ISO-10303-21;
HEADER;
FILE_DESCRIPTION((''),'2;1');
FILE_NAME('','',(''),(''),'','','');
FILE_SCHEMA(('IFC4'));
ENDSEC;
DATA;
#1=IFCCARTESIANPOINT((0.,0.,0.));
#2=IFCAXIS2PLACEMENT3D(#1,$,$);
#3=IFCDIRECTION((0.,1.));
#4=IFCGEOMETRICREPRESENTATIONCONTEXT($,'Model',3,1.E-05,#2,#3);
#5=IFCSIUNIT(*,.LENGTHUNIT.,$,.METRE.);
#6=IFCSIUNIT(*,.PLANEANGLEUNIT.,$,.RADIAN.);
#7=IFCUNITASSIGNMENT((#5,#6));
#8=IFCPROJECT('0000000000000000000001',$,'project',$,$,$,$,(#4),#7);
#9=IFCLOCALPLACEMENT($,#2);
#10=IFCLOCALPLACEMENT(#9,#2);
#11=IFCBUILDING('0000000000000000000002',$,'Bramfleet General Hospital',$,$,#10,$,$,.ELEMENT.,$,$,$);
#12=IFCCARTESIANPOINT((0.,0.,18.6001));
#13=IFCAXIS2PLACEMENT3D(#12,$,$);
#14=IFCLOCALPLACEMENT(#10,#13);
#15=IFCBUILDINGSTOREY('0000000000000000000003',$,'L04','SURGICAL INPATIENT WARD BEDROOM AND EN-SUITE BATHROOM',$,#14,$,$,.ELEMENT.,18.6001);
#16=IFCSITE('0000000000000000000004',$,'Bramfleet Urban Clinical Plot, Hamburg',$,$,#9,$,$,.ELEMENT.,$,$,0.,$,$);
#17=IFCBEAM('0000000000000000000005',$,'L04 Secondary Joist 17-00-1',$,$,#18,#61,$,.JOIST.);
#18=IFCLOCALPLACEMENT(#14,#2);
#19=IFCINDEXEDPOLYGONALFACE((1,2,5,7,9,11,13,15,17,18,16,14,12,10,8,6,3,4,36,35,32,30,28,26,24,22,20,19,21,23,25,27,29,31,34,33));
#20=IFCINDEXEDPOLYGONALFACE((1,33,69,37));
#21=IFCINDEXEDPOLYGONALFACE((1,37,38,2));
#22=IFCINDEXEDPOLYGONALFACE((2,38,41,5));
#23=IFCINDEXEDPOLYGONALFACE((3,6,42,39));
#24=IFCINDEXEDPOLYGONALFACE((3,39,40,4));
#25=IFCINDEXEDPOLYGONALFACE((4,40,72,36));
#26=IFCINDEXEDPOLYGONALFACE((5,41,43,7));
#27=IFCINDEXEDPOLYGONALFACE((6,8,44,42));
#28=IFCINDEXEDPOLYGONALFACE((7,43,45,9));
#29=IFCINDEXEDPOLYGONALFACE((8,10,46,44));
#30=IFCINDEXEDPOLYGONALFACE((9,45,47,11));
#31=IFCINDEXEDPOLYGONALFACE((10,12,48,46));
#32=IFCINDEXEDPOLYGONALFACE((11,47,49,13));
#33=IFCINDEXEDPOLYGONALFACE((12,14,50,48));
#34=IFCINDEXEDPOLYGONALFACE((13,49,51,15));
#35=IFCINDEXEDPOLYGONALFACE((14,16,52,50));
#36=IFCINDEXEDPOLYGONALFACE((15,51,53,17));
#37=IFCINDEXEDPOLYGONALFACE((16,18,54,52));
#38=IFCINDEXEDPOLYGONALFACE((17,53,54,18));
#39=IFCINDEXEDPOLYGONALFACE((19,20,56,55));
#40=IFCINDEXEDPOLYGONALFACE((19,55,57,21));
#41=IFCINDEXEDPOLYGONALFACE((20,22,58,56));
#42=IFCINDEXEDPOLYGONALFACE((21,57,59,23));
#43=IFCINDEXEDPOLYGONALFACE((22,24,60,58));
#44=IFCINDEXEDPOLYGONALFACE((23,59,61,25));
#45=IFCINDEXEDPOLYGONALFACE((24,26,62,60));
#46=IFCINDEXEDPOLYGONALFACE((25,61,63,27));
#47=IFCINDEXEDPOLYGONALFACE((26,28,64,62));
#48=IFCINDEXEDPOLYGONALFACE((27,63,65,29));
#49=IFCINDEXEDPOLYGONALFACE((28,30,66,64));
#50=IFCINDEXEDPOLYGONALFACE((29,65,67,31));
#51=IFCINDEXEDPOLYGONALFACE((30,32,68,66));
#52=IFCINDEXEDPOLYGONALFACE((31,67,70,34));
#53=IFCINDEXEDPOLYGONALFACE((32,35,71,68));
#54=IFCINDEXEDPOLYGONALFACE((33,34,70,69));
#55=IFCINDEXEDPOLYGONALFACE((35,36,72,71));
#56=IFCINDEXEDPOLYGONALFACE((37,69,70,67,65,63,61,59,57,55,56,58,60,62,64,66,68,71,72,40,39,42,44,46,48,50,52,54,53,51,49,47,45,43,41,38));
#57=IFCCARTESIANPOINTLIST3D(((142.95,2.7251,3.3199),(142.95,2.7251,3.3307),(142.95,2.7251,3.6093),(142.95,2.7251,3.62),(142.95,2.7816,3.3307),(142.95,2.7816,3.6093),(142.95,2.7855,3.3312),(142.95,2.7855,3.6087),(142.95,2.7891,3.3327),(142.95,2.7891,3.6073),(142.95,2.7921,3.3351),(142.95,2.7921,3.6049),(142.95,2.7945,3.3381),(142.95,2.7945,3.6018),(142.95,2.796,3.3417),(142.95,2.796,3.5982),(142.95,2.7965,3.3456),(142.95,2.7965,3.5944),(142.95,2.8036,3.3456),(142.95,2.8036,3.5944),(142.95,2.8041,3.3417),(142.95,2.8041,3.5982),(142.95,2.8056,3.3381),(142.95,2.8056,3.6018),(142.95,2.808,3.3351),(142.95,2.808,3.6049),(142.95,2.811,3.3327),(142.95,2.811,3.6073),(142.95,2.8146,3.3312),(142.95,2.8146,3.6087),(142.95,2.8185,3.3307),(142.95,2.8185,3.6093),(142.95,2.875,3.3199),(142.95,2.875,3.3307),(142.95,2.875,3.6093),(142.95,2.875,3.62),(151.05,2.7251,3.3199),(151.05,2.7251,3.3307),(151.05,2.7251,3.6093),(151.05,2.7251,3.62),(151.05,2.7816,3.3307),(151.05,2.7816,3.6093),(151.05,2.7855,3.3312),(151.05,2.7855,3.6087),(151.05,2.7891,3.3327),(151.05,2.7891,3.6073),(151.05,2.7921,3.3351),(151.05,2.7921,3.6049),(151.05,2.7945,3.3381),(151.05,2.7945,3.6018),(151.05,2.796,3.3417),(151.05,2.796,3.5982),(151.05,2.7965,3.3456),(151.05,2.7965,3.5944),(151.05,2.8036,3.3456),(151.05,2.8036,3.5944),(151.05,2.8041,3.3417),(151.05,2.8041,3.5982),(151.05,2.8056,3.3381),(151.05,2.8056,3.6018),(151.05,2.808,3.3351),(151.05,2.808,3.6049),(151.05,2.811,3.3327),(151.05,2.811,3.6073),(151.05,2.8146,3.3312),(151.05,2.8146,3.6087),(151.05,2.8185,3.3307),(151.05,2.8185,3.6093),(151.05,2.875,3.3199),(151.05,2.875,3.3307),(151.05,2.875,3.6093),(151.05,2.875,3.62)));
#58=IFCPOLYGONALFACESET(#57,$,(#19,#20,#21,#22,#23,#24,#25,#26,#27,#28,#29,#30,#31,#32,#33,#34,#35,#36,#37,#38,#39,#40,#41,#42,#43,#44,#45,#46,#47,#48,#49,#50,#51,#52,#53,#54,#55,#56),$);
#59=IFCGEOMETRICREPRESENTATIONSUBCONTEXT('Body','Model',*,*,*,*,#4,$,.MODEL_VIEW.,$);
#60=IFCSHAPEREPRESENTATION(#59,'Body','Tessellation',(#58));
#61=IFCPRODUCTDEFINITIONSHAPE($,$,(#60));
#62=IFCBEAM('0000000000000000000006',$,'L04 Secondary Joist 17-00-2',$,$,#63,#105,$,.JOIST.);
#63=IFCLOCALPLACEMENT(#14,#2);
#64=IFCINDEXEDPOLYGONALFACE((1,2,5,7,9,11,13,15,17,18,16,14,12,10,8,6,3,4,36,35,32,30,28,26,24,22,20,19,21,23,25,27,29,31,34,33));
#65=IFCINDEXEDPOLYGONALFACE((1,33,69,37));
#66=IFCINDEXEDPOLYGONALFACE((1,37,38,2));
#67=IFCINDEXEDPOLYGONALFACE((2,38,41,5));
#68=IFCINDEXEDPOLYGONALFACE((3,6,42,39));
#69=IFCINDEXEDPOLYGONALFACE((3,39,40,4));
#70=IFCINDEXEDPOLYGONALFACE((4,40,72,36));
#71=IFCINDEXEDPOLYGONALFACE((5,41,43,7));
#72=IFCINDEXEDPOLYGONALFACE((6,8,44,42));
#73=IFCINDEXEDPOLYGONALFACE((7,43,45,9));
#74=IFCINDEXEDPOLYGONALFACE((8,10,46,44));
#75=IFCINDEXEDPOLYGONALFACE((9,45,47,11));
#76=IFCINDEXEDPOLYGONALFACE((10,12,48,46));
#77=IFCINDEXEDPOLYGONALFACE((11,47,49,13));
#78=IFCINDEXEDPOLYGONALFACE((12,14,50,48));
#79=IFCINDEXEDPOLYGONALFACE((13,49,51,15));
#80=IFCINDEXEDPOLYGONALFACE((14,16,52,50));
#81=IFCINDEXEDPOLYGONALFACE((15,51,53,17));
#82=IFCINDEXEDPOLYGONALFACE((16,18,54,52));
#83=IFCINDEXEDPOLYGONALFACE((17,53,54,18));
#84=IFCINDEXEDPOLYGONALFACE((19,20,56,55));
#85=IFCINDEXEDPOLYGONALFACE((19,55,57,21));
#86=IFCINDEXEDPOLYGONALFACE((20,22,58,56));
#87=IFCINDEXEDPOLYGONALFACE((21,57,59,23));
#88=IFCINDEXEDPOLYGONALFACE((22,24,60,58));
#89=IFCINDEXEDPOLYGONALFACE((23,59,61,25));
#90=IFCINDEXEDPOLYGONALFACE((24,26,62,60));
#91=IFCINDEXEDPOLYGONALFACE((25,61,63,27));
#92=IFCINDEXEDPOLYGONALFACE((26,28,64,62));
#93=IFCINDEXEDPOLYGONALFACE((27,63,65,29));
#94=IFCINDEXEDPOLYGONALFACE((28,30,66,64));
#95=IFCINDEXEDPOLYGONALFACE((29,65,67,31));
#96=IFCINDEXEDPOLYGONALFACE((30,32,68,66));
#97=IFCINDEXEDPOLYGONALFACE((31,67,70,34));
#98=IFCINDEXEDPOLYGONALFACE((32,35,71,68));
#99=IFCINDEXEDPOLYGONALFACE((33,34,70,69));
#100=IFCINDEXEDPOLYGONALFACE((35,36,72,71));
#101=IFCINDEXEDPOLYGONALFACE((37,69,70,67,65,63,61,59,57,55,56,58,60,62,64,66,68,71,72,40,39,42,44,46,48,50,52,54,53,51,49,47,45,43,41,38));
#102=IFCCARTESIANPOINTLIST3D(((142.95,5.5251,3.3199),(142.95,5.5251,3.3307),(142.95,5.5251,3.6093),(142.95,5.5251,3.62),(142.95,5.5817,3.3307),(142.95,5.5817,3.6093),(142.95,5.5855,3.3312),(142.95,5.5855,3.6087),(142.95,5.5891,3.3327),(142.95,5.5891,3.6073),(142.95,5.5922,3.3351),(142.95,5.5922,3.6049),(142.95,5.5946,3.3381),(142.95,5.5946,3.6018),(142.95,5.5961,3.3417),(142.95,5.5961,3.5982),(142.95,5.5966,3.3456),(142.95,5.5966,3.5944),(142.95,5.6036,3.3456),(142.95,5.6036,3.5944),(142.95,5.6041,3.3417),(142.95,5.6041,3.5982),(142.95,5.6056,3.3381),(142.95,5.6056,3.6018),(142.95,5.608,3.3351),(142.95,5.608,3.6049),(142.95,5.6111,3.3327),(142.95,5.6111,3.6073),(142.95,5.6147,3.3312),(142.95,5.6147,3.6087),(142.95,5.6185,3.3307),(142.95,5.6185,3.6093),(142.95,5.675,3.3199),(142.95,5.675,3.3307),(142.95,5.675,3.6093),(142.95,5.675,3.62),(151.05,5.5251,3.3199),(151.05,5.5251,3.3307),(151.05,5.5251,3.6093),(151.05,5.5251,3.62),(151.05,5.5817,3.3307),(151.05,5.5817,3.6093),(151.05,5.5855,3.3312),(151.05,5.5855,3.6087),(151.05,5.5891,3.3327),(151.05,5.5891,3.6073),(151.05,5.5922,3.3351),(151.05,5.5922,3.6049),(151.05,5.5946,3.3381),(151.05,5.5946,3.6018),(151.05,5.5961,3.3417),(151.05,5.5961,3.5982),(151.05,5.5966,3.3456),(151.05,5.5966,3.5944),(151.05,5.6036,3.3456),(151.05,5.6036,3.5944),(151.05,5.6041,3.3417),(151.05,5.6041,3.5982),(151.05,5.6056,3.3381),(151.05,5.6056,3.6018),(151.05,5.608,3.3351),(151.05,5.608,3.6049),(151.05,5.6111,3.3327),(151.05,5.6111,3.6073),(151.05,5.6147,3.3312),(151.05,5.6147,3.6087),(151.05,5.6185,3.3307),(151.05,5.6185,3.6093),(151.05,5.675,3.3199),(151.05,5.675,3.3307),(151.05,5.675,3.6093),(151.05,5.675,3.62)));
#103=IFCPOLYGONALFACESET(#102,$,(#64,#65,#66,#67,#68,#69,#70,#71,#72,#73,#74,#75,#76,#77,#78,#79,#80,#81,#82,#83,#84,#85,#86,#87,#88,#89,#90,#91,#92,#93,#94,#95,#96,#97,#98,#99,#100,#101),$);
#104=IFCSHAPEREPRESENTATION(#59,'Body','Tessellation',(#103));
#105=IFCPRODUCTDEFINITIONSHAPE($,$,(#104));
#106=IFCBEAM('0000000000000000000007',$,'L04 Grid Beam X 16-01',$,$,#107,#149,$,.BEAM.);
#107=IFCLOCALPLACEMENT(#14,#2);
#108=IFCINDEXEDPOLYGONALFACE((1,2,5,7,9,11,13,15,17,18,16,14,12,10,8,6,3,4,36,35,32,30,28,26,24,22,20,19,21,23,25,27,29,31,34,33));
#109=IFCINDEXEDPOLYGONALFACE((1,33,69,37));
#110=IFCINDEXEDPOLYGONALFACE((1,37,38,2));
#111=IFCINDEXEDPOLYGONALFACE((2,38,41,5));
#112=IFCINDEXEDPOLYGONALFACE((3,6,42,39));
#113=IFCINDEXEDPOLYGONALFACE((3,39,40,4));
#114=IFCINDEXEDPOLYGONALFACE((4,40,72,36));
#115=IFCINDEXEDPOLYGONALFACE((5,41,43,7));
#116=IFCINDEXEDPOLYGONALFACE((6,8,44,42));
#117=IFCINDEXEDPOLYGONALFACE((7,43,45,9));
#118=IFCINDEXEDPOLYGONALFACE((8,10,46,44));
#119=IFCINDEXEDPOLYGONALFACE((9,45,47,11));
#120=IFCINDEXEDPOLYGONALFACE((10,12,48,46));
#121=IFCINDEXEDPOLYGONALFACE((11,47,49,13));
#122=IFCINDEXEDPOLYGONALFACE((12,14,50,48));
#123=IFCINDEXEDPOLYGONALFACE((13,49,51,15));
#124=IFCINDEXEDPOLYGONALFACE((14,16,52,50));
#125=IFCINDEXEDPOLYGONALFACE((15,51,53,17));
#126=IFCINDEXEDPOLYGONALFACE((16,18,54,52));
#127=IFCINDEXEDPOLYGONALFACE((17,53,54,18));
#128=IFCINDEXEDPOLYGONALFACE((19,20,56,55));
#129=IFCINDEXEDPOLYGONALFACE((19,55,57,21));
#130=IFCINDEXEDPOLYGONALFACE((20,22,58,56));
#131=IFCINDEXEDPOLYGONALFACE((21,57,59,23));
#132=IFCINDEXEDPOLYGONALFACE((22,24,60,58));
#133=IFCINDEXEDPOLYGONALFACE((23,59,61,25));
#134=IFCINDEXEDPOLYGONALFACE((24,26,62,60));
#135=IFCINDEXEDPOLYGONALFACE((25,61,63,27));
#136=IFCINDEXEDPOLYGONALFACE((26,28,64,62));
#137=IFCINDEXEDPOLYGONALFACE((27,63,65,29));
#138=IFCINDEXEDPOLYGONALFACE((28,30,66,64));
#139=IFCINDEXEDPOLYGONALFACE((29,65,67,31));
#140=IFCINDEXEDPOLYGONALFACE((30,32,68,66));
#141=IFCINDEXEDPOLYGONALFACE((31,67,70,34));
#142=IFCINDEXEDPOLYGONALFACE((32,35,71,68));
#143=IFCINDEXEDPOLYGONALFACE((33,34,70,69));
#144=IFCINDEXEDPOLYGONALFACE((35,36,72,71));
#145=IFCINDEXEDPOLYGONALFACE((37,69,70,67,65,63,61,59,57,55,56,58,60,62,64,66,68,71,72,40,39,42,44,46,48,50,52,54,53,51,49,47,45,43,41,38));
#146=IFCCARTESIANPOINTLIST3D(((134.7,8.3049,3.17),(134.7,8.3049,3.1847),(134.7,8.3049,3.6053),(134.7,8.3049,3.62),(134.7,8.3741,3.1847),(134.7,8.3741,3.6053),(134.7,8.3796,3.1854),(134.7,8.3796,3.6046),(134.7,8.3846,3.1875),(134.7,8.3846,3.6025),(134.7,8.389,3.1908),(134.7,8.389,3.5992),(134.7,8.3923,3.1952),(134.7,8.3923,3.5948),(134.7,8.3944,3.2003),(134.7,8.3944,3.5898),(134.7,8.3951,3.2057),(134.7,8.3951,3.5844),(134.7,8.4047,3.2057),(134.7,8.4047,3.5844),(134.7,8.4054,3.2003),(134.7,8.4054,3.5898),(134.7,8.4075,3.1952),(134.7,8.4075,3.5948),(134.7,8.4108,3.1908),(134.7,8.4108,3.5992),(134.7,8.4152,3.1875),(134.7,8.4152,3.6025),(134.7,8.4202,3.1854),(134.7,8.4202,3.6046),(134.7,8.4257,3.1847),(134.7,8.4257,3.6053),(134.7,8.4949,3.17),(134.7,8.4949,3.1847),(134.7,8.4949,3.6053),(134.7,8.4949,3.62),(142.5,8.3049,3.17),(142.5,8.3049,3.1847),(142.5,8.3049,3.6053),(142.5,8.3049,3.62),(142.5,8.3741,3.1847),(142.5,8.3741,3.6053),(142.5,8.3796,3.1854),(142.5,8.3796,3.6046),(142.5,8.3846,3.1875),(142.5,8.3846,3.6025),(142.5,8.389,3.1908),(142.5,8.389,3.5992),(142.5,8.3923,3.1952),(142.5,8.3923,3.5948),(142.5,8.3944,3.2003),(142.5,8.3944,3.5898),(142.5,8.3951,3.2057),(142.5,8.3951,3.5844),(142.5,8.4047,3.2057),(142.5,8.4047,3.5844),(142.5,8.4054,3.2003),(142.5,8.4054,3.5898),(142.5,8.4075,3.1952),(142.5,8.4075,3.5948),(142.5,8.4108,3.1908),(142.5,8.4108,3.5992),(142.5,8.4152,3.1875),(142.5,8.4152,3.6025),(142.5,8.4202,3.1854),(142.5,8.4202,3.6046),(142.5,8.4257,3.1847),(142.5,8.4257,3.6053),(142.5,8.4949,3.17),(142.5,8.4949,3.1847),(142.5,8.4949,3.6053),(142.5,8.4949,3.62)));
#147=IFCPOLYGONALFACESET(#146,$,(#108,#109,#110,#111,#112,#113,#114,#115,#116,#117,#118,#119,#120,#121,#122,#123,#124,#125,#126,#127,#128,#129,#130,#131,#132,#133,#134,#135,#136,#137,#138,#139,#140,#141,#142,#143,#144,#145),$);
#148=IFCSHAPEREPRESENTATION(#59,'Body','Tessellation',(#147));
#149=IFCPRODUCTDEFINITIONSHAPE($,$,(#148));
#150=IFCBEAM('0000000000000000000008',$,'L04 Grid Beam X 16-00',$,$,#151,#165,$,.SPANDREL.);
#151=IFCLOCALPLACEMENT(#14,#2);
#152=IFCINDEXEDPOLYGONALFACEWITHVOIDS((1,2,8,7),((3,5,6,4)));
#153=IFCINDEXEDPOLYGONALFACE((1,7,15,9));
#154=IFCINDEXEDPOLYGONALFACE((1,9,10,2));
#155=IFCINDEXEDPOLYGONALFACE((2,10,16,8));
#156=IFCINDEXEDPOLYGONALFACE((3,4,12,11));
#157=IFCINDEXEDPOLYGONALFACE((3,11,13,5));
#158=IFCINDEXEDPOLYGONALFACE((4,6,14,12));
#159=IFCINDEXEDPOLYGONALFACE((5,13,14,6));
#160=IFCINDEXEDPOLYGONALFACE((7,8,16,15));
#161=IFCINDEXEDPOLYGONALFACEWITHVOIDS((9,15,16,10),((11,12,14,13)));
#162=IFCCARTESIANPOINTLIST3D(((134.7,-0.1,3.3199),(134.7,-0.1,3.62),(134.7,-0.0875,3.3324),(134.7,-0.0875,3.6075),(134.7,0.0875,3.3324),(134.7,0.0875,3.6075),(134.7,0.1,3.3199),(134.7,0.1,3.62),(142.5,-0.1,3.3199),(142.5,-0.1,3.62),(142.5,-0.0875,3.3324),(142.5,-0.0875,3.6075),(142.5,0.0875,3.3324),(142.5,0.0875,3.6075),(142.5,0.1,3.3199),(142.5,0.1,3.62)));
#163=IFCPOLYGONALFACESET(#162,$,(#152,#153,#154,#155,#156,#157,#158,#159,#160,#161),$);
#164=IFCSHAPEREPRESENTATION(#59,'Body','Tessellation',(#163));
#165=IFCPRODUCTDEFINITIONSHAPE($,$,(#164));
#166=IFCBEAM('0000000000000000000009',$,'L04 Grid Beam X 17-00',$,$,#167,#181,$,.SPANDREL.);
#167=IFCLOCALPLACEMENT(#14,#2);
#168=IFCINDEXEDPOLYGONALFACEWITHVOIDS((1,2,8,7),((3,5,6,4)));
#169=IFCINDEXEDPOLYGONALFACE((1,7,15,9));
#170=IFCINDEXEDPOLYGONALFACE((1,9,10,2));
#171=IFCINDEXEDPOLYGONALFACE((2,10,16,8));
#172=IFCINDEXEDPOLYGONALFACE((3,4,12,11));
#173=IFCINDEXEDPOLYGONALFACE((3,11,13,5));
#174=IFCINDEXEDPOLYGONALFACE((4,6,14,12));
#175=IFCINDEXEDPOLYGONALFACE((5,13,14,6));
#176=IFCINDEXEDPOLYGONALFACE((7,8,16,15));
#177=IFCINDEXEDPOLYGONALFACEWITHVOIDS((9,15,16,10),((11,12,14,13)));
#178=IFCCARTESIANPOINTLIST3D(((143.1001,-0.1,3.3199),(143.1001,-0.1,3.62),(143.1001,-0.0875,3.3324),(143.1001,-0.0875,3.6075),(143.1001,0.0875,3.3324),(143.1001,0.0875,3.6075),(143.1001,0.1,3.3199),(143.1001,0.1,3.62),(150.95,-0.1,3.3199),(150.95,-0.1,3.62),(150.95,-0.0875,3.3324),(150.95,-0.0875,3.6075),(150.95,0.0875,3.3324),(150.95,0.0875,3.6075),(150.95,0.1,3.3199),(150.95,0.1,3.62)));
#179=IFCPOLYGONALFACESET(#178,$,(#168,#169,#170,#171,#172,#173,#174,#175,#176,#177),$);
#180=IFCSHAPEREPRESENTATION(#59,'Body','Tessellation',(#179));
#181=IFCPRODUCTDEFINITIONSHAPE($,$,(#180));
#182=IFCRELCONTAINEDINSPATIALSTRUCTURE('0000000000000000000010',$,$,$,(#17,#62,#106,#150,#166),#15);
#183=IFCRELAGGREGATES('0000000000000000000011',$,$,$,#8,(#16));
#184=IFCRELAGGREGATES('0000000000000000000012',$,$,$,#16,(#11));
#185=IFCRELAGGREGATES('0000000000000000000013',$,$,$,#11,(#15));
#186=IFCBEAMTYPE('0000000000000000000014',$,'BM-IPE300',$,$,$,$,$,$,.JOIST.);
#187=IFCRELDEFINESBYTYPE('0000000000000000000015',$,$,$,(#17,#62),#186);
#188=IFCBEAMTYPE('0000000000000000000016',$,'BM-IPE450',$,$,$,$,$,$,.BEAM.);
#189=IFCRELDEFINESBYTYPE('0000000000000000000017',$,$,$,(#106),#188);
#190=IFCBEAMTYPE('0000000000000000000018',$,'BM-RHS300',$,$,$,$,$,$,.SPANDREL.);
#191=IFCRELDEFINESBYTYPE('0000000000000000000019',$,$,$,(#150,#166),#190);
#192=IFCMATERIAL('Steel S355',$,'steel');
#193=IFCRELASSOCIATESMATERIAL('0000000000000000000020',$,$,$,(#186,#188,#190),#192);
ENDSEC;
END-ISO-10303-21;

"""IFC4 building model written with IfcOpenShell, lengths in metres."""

from ifc_helpers import new_model, si_unit, direction, frame, origin, origin_2d, place, context, subcontext, project, spatial, hollow_rectangle, i_section, extrude, material, material_profile, profile_set, type_object, element, save


model = new_model("IFC4")

# Units and contexts
model_context = context("Model", 3, precision=1e-05, world=origin(), true_north=direction((0.0, 1.0)))
body_context = subcontext(model_context, "Body", "Model", "MODEL_VIEW")
ifc_project = project(units=[si_unit("LENGTHUNIT", "METRE"), si_unit("PLANEANGLEUNIT", "RADIAN")], contexts=[model_context])

# Site, building, storey
site_placement = place(None, origin())
site = spatial("IfcSite", under=ifc_project, at=site_placement, Name="Bramfleet Urban Clinical Plot, Hamburg", CompositionType="ELEMENT", RefElevation=0.0)
building_placement = place(site_placement, origin())
building = spatial("IfcBuilding", under=site, at=building_placement, Name="Bramfleet General Hospital", CompositionType="ELEMENT")
storey_placement = place(building_placement, frame((0.0, 0.0, 18.6001)))
storey = spatial("IfcBuildingStorey", under=building, at=storey_placement, Name="L04", Description="SURGICAL INPATIENT WARD BEDROOM AND EN-SUITE BATHROOM", CompositionType="ELEMENT", Elevation=18.6001)

# Beams
ifc_material_1 = material(Name="Steel S355", Category="steel")
ifc_material_profile_1 = material_profile(ifc_material_1, i_section(OverallWidth=0.1499, OverallDepth=0.3, WebThickness=0.0071, FlangeThickness=0.0107, FilletRadius=0.0149, at=origin_2d()), Name="IPE 300")
ifc_profile_set_1 = profile_set([ifc_material_profile_1], Name="Steel S355")
beam_type_1 = type_object("IfcBeamType", Name="BM-IPE300", PredefinedType="JOIST", material=ifc_profile_set_1)
for number, where, z_axis, x_axis, name in (
    (1, (142.95, 2.8, 3.47), (1.0, 0.0, 0.0), (0.0, 1.0, 0.0), "L04 Secondary Joist 17-00-1"),
    (2, (142.95, 5.6001, 3.47), (1.0, 0.0, 0.0), (0.0, 1.0, 0.0), "L04 Secondary Joist 17-00-2"),
):
    element("IfcBeam", number, at=place(storey_placement, frame(where, z_axis=z_axis, x_axis=x_axis)), inside=storey, type_object=beam_type_1, Name=name, PredefinedType="JOIST", context=body_context, shape_type="SweptSolid", body=[
        extrude(i_section(OverallWidth=0.1499, OverallDepth=0.3, WebThickness=0.0071, FlangeThickness=0.0107, FilletRadius=0.0149, at=origin_2d()), origin(), (0.0, 0.0, 1.0), 8.1001),
    ])
ifc_material_profile_2 = material_profile(ifc_material_1, i_section(OverallWidth=0.1899, OverallDepth=0.45, WebThickness=0.0095, FlangeThickness=0.0146, FilletRadius=0.021, at=origin_2d()), Name="IPE 450")
ifc_profile_set_2 = profile_set([ifc_material_profile_2], Name="Steel S355")
beam_type_2 = type_object("IfcBeamType", Name="BM-IPE450", PredefinedType="BEAM", material=ifc_profile_set_2)
beam_1_placement = place(storey_placement, frame((134.7, 8.3999, 3.395), z_axis=(1.0, 0.0, 0.0), x_axis=(0.0, 1.0, 0.0)))
element("IfcBeam", 3, at=beam_1_placement, inside=storey, type_object=beam_type_2, Name="L04 Grid Beam X 16-01", PredefinedType="BEAM", context=body_context, shape_type="SweptSolid", body=[
    extrude(i_section(OverallWidth=0.1899, OverallDepth=0.45, WebThickness=0.0095, FlangeThickness=0.0146, FilletRadius=0.021, at=origin_2d()), origin(), (0.0, 0.0, 1.0), 7.8),
])
ifc_material_profile_3 = material_profile(ifc_material_1, hollow_rectangle(XDim=0.2, YDim=0.3, WallThickness=0.0125, at=origin_2d()), Name="RHS 300x200x12.5")
ifc_profile_set_3 = profile_set([ifc_material_profile_3], Name="Steel S355")
beam_type_3 = type_object("IfcBeamType", Name="BM-RHS300", PredefinedType="SPANDREL", material=ifc_profile_set_3)
beam_2_placement = place(storey_placement, frame((134.7, 0.0, 3.47), z_axis=(1.0, 0.0, 0.0), x_axis=(0.0, 1.0, 0.0)))
element("IfcBeam", 4, at=beam_2_placement, inside=storey, type_object=beam_type_3, Name="L04 Grid Beam X 16-00", PredefinedType="SPANDREL", context=body_context, shape_type="SweptSolid", body=[
    extrude(hollow_rectangle(XDim=0.2, YDim=0.3, WallThickness=0.0125, at=origin_2d()), origin(), (0.0, 0.0, 1.0), 7.8),
])
beam_3_placement = place(storey_placement, frame((143.1001, 0.0, 3.47), z_axis=(1.0, 0.0, 0.0), x_axis=(0.0, 1.0, 0.0)))
element("IfcBeam", 5, at=beam_3_placement, inside=storey, type_object=beam_type_3, Name="L04 Grid Beam X 17-00", PredefinedType="SPANDREL", context=body_context, shape_type="SweptSolid", body=[
    extrude(hollow_rectangle(XDim=0.2, YDim=0.3, WallThickness=0.0125, at=origin_2d()), origin(), (0.0, 0.0, 1.0), 7.8499),
])

save(model, "model.ifc")
